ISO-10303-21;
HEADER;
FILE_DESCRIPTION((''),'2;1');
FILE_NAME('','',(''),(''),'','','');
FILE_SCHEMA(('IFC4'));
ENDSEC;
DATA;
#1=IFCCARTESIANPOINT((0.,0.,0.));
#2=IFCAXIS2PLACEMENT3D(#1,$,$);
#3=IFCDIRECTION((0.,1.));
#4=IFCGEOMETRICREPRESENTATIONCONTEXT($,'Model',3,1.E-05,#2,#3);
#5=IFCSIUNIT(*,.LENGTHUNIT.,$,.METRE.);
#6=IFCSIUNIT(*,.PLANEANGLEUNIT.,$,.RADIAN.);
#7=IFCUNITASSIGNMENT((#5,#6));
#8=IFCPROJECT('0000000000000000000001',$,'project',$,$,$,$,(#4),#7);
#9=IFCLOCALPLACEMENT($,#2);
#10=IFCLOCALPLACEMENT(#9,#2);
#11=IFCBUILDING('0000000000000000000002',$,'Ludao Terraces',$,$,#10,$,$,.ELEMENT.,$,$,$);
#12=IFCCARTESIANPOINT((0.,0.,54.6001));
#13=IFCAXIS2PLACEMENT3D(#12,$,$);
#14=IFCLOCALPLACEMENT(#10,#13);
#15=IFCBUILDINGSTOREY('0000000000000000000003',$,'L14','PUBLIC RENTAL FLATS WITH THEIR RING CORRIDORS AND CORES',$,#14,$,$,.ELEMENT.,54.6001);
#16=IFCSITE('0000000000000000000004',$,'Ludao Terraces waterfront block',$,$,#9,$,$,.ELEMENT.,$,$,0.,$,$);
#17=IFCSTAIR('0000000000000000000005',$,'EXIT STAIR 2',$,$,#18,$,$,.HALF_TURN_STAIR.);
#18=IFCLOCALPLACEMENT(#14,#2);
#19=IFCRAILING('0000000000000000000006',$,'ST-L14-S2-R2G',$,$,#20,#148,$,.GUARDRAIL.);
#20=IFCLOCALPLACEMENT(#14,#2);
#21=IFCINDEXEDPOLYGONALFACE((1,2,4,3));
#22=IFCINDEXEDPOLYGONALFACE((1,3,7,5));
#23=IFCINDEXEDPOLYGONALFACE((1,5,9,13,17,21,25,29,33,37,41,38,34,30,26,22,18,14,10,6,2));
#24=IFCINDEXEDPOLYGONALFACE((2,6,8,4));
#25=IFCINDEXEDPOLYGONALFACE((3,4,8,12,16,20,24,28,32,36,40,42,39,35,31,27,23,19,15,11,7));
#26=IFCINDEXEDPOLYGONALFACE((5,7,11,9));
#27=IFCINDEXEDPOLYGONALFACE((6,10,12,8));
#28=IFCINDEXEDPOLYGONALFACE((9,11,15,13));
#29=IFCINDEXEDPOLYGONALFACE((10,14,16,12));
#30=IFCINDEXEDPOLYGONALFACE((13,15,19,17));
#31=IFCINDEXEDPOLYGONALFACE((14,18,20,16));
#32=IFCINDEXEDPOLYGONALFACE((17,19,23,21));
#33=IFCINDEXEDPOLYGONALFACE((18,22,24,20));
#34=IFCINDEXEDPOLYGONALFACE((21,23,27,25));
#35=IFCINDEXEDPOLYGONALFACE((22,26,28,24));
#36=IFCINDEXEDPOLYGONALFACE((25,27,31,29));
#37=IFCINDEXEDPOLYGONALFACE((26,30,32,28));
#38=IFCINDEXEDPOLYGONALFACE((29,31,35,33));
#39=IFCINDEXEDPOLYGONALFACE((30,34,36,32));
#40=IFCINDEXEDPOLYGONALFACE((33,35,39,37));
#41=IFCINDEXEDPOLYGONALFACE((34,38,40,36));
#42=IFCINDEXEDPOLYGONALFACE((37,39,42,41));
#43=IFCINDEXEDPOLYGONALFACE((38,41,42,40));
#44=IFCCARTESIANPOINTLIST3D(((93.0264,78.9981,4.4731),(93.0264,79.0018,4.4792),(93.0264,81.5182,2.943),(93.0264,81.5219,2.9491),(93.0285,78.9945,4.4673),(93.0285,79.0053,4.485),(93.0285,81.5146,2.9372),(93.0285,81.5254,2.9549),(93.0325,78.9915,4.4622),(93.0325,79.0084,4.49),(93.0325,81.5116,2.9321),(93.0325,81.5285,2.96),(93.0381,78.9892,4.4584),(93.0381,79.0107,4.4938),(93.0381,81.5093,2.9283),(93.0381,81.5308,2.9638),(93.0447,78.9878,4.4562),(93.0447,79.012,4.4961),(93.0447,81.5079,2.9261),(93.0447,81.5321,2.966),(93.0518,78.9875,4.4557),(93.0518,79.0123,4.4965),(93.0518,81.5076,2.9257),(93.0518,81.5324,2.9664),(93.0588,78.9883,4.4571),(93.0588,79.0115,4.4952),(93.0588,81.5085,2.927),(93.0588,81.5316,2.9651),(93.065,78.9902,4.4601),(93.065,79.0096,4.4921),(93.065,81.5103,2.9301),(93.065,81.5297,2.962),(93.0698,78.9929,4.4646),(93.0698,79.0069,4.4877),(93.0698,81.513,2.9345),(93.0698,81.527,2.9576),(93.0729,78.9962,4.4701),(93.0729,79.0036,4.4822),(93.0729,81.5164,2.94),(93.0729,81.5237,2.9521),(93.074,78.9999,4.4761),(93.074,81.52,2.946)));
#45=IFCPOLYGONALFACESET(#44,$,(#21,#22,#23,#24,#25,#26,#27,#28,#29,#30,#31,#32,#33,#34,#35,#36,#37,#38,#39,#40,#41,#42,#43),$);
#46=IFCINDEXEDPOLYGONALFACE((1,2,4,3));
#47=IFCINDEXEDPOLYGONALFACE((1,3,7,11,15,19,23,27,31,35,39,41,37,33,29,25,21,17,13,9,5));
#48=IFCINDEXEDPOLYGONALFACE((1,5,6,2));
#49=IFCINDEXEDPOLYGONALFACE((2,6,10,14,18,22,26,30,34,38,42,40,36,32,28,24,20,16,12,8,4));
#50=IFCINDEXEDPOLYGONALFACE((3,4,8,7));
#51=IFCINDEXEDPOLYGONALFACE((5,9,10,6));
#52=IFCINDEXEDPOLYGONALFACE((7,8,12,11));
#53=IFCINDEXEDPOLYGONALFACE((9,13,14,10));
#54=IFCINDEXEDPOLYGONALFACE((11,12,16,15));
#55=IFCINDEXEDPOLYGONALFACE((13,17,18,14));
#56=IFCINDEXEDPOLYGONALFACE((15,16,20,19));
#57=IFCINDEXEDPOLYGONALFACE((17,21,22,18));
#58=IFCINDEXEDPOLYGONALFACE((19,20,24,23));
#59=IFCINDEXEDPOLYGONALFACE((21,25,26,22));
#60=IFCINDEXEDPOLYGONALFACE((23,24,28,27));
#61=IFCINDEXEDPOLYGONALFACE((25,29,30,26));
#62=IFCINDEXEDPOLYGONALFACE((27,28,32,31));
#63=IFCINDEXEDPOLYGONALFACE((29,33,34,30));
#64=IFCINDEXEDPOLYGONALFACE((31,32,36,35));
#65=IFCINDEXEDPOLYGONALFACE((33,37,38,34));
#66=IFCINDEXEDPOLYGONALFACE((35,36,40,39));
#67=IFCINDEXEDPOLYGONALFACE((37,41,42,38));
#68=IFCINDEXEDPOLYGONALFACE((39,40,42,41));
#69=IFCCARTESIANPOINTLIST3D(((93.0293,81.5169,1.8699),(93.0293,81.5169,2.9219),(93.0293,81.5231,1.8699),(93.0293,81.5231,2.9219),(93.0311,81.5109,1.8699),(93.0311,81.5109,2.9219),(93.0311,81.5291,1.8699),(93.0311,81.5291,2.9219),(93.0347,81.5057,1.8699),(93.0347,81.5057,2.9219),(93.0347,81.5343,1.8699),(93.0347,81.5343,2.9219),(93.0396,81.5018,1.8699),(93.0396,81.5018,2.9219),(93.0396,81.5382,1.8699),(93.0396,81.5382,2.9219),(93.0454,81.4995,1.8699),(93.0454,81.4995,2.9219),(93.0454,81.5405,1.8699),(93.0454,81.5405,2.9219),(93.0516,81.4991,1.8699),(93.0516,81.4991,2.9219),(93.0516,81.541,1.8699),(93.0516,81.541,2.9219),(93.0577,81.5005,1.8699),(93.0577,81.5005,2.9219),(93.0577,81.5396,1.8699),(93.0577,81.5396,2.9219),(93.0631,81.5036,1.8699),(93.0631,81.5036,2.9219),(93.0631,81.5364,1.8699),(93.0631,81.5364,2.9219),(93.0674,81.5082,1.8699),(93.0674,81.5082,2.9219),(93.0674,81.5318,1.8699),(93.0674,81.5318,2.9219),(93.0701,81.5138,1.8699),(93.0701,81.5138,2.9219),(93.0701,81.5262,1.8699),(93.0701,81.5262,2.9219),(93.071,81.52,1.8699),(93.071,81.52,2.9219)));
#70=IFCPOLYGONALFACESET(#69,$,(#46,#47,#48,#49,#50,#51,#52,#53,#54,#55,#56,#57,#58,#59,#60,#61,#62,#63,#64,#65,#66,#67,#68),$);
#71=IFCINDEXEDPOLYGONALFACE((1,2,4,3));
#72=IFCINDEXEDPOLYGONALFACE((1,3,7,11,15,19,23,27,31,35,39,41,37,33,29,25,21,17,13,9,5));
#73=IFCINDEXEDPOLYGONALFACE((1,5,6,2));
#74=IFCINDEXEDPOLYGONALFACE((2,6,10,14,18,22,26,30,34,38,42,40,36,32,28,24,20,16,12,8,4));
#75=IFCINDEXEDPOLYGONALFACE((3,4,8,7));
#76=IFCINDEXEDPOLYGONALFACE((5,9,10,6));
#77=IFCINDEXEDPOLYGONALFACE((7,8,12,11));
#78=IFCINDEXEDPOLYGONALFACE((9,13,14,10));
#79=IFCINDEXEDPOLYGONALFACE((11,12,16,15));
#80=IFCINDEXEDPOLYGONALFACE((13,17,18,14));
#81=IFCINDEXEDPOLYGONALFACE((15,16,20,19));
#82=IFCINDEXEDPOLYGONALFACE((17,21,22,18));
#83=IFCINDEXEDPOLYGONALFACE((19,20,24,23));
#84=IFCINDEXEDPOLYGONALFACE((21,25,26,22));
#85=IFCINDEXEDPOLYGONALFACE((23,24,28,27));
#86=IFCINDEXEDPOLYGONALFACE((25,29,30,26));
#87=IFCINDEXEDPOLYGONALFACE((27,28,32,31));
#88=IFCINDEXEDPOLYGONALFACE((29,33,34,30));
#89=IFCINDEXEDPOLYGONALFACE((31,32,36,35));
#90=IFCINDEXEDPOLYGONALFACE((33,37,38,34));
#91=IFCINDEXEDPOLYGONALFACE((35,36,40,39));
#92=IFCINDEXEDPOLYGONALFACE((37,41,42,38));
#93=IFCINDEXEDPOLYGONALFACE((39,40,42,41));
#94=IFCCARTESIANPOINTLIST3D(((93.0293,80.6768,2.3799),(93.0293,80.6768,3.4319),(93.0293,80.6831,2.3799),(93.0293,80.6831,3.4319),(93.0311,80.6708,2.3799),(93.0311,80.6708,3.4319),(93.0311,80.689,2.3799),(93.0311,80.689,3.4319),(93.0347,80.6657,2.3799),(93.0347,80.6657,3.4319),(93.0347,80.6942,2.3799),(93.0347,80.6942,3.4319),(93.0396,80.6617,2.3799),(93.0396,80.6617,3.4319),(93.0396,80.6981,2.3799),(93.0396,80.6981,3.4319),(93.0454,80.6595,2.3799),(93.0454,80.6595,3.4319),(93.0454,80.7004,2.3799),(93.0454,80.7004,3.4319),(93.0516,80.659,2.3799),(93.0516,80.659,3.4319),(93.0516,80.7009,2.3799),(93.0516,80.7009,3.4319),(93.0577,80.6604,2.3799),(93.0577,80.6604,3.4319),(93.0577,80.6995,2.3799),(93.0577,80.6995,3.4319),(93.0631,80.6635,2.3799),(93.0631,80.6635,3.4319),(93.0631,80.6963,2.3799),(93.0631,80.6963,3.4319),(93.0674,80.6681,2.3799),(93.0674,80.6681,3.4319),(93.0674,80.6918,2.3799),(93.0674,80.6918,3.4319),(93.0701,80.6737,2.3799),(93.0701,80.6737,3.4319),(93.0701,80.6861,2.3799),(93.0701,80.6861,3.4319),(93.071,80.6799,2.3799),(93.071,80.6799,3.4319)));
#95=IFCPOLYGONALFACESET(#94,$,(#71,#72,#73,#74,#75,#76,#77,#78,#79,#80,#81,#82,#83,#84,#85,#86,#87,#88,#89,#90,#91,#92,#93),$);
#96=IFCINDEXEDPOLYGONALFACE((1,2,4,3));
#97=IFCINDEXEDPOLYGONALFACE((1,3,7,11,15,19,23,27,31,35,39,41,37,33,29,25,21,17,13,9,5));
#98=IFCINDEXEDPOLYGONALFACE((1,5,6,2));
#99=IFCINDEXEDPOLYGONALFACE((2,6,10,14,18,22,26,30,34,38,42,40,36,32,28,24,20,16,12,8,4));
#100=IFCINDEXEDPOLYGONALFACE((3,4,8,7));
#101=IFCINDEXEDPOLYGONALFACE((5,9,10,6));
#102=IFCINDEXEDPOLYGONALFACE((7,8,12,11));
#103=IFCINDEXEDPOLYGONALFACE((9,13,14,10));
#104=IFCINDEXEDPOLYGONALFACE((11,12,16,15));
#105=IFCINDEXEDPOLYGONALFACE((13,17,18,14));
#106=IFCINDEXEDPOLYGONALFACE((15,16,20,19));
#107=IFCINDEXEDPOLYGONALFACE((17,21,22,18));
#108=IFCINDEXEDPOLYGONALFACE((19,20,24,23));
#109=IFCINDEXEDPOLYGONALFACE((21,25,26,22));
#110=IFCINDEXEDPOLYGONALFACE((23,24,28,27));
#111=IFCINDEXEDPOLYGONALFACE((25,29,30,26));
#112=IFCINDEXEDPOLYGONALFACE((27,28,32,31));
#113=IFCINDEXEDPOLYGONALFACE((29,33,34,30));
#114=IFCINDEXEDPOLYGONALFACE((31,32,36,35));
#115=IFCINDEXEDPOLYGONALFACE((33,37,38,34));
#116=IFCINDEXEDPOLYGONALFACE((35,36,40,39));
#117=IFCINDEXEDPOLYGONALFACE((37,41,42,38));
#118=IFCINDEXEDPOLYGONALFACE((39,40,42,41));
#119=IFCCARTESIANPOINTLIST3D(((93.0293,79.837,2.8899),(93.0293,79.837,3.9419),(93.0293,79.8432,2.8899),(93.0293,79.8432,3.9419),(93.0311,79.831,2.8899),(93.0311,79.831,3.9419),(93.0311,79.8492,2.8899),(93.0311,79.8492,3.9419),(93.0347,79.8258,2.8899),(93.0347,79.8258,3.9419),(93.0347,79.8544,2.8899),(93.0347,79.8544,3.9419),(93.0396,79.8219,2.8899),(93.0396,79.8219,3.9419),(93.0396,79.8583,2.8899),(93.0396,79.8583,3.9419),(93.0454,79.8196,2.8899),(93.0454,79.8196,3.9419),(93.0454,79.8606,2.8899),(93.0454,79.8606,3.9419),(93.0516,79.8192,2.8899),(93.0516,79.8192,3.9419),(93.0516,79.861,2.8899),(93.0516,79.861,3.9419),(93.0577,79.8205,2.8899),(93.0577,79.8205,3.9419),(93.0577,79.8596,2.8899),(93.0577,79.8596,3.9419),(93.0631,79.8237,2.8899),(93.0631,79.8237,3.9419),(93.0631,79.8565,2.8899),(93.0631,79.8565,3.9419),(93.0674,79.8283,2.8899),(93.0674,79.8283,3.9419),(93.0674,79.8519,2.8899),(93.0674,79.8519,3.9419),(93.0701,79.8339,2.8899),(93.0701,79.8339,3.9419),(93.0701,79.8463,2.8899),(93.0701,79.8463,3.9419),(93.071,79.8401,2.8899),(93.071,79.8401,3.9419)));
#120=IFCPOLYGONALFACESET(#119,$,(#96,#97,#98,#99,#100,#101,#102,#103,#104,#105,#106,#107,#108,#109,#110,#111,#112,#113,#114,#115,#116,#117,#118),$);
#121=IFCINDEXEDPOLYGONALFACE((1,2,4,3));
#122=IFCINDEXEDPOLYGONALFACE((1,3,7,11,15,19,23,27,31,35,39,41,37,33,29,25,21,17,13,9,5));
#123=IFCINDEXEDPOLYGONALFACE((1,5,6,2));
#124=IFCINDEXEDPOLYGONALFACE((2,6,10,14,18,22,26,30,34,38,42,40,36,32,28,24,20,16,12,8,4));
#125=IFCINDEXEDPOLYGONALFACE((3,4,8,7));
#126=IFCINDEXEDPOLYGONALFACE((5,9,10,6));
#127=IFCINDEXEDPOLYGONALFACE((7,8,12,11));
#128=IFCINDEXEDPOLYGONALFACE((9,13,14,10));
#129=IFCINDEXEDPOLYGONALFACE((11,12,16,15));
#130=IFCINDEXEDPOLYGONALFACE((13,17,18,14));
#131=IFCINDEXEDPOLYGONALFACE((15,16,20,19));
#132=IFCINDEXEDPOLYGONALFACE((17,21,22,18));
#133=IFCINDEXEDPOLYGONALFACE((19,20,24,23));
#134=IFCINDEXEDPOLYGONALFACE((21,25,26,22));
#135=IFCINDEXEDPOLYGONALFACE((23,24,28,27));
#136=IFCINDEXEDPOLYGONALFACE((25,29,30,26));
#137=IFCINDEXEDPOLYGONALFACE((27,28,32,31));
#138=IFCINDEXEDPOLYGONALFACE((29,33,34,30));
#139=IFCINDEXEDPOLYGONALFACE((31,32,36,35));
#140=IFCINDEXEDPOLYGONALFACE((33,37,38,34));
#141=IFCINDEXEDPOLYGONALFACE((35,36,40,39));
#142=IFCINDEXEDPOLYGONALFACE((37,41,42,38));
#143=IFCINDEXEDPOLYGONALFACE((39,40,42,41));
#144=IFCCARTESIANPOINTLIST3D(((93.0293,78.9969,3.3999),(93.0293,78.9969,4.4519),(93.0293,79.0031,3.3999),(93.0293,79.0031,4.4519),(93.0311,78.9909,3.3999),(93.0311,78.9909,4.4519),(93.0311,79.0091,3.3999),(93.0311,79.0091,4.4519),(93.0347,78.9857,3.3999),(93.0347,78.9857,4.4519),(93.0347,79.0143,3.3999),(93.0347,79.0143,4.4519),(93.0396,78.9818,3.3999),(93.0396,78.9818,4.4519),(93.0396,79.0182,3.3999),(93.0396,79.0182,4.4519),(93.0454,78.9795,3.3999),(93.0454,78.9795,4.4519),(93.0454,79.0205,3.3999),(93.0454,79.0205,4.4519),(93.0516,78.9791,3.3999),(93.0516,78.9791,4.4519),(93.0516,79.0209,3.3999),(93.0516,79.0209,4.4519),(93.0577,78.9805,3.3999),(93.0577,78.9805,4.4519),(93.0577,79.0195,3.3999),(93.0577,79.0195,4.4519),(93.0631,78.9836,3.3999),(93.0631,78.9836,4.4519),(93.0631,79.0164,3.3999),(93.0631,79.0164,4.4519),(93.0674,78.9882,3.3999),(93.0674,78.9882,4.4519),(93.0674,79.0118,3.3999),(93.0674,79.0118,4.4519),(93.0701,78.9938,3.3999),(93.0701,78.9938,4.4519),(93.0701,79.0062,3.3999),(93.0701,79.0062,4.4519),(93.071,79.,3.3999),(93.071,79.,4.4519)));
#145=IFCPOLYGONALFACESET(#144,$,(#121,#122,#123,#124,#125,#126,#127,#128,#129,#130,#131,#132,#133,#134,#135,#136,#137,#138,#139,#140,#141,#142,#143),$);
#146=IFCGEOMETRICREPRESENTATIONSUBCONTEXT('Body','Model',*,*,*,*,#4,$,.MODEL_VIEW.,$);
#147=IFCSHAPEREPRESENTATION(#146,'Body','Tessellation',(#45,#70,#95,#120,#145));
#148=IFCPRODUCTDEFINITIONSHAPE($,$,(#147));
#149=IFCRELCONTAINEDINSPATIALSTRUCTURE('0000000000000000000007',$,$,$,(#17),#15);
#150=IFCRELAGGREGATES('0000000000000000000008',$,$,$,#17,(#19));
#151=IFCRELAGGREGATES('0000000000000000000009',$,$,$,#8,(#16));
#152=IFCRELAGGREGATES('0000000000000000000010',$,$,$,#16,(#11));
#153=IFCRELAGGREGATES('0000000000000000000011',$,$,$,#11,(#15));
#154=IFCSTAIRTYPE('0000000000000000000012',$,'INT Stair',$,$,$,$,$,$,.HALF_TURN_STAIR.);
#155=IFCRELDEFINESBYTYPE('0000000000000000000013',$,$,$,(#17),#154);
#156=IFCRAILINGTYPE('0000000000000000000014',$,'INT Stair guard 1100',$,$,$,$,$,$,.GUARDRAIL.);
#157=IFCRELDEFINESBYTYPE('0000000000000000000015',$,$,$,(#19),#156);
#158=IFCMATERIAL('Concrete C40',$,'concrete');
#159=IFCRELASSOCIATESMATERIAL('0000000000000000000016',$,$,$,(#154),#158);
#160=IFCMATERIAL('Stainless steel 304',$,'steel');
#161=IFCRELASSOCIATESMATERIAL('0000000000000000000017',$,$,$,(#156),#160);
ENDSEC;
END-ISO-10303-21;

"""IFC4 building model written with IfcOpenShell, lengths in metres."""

from ifc_helpers import new_model, si_unit, direction, frame, origin, origin_2d, place, context, subcontext, project, spatial, circle, extrude, material, type_object, element, aggregate, save


model = new_model("IFC4")

# Units and contexts
model_context = context("Model", 3, precision=1e-05, world=origin(), true_north=direction((0.0, 1.0)))
body_context = subcontext(model_context, "Body", "Model", "MODEL_VIEW")
ifc_project = project(units=[si_unit("LENGTHUNIT", "METRE"), si_unit("PLANEANGLEUNIT", "RADIAN")], contexts=[model_context])

# Site, building, storey
site_placement = place(None, origin())
site = spatial("IfcSite", under=ifc_project, at=site_placement, Name="Ludao Terraces waterfront block", CompositionType="ELEMENT", RefElevation=0.0)
building_placement = place(site_placement, origin())
building = spatial("IfcBuilding", under=site, at=building_placement, Name="Ludao Terraces", CompositionType="ELEMENT")
storey_placement = place(building_placement, frame((0.0, 0.0, 54.6001)))
storey = spatial("IfcBuildingStorey", under=building, at=storey_placement, Name="L14", Description="PUBLIC RENTAL FLATS WITH THEIR RING CORRIDORS AND CORES", CompositionType="ELEMENT", Elevation=54.6001)

# Shared definitions
ifc_material_1 = material(Name="Stainless steel 304", Category="steel")

# Stair, railing
ifc_material_2 = material(Name="Concrete C40", Category="concrete")
stair_type = type_object("IfcStairType", Name="INT Stair", PredefinedType="HALF_TURN_STAIR", material=ifc_material_2)
stair_placement = place(storey_placement, origin())
stair = element("IfcStair", 1, at=stair_placement, inside=storey, type_object=stair_type, Name="EXIT STAIR 2", PredefinedType="HALF_TURN_STAIR")
railing_type_1 = type_object("IfcRailingType", Name="INT Stair guard 1100", PredefinedType="GUARDRAIL", material=ifc_material_1)
railing_1_placement = place(storey_placement, frame((93.05, 81.52, 1.8699)))
railing_1 = element("IfcRailing", 2, at=railing_1_placement, type_object=railing_type_1, Name="ST-L14-S2-R2G", PredefinedType="GUARDRAIL", context=body_context, shape_type="SweptSolid", body=[
    extrude(circle(Radius=0.0239, at=origin_2d()), frame((0.0, 0.0, 1.0762), z_axis=(0.0, -0.854785, 0.518982), x_axis=(1.0, 0.0, 0.0)), (0.0, 0.0, 1.0), 2.9482),
    extrude(circle(Radius=0.021, at=origin_2d()), origin(), (0.0, 0.0, 1.0), 1.052),
    extrude(circle(Radius=0.021, at=origin_2d()), frame((0.0, -0.8401, 0.51)), (0.0, 0.0, 1.0), 1.052),
    extrude(circle(Radius=0.021, at=origin_2d()), frame((0.0, -1.6799, 1.02)), (0.0, 0.0, 1.0), 1.052),
    extrude(circle(Radius=0.021, at=origin_2d()), frame((0.0, -2.52, 1.53)), (0.0, 0.0, 1.0), 1.052),
])
aggregate(stair, [railing_1])

save(model, "model.ifc")
